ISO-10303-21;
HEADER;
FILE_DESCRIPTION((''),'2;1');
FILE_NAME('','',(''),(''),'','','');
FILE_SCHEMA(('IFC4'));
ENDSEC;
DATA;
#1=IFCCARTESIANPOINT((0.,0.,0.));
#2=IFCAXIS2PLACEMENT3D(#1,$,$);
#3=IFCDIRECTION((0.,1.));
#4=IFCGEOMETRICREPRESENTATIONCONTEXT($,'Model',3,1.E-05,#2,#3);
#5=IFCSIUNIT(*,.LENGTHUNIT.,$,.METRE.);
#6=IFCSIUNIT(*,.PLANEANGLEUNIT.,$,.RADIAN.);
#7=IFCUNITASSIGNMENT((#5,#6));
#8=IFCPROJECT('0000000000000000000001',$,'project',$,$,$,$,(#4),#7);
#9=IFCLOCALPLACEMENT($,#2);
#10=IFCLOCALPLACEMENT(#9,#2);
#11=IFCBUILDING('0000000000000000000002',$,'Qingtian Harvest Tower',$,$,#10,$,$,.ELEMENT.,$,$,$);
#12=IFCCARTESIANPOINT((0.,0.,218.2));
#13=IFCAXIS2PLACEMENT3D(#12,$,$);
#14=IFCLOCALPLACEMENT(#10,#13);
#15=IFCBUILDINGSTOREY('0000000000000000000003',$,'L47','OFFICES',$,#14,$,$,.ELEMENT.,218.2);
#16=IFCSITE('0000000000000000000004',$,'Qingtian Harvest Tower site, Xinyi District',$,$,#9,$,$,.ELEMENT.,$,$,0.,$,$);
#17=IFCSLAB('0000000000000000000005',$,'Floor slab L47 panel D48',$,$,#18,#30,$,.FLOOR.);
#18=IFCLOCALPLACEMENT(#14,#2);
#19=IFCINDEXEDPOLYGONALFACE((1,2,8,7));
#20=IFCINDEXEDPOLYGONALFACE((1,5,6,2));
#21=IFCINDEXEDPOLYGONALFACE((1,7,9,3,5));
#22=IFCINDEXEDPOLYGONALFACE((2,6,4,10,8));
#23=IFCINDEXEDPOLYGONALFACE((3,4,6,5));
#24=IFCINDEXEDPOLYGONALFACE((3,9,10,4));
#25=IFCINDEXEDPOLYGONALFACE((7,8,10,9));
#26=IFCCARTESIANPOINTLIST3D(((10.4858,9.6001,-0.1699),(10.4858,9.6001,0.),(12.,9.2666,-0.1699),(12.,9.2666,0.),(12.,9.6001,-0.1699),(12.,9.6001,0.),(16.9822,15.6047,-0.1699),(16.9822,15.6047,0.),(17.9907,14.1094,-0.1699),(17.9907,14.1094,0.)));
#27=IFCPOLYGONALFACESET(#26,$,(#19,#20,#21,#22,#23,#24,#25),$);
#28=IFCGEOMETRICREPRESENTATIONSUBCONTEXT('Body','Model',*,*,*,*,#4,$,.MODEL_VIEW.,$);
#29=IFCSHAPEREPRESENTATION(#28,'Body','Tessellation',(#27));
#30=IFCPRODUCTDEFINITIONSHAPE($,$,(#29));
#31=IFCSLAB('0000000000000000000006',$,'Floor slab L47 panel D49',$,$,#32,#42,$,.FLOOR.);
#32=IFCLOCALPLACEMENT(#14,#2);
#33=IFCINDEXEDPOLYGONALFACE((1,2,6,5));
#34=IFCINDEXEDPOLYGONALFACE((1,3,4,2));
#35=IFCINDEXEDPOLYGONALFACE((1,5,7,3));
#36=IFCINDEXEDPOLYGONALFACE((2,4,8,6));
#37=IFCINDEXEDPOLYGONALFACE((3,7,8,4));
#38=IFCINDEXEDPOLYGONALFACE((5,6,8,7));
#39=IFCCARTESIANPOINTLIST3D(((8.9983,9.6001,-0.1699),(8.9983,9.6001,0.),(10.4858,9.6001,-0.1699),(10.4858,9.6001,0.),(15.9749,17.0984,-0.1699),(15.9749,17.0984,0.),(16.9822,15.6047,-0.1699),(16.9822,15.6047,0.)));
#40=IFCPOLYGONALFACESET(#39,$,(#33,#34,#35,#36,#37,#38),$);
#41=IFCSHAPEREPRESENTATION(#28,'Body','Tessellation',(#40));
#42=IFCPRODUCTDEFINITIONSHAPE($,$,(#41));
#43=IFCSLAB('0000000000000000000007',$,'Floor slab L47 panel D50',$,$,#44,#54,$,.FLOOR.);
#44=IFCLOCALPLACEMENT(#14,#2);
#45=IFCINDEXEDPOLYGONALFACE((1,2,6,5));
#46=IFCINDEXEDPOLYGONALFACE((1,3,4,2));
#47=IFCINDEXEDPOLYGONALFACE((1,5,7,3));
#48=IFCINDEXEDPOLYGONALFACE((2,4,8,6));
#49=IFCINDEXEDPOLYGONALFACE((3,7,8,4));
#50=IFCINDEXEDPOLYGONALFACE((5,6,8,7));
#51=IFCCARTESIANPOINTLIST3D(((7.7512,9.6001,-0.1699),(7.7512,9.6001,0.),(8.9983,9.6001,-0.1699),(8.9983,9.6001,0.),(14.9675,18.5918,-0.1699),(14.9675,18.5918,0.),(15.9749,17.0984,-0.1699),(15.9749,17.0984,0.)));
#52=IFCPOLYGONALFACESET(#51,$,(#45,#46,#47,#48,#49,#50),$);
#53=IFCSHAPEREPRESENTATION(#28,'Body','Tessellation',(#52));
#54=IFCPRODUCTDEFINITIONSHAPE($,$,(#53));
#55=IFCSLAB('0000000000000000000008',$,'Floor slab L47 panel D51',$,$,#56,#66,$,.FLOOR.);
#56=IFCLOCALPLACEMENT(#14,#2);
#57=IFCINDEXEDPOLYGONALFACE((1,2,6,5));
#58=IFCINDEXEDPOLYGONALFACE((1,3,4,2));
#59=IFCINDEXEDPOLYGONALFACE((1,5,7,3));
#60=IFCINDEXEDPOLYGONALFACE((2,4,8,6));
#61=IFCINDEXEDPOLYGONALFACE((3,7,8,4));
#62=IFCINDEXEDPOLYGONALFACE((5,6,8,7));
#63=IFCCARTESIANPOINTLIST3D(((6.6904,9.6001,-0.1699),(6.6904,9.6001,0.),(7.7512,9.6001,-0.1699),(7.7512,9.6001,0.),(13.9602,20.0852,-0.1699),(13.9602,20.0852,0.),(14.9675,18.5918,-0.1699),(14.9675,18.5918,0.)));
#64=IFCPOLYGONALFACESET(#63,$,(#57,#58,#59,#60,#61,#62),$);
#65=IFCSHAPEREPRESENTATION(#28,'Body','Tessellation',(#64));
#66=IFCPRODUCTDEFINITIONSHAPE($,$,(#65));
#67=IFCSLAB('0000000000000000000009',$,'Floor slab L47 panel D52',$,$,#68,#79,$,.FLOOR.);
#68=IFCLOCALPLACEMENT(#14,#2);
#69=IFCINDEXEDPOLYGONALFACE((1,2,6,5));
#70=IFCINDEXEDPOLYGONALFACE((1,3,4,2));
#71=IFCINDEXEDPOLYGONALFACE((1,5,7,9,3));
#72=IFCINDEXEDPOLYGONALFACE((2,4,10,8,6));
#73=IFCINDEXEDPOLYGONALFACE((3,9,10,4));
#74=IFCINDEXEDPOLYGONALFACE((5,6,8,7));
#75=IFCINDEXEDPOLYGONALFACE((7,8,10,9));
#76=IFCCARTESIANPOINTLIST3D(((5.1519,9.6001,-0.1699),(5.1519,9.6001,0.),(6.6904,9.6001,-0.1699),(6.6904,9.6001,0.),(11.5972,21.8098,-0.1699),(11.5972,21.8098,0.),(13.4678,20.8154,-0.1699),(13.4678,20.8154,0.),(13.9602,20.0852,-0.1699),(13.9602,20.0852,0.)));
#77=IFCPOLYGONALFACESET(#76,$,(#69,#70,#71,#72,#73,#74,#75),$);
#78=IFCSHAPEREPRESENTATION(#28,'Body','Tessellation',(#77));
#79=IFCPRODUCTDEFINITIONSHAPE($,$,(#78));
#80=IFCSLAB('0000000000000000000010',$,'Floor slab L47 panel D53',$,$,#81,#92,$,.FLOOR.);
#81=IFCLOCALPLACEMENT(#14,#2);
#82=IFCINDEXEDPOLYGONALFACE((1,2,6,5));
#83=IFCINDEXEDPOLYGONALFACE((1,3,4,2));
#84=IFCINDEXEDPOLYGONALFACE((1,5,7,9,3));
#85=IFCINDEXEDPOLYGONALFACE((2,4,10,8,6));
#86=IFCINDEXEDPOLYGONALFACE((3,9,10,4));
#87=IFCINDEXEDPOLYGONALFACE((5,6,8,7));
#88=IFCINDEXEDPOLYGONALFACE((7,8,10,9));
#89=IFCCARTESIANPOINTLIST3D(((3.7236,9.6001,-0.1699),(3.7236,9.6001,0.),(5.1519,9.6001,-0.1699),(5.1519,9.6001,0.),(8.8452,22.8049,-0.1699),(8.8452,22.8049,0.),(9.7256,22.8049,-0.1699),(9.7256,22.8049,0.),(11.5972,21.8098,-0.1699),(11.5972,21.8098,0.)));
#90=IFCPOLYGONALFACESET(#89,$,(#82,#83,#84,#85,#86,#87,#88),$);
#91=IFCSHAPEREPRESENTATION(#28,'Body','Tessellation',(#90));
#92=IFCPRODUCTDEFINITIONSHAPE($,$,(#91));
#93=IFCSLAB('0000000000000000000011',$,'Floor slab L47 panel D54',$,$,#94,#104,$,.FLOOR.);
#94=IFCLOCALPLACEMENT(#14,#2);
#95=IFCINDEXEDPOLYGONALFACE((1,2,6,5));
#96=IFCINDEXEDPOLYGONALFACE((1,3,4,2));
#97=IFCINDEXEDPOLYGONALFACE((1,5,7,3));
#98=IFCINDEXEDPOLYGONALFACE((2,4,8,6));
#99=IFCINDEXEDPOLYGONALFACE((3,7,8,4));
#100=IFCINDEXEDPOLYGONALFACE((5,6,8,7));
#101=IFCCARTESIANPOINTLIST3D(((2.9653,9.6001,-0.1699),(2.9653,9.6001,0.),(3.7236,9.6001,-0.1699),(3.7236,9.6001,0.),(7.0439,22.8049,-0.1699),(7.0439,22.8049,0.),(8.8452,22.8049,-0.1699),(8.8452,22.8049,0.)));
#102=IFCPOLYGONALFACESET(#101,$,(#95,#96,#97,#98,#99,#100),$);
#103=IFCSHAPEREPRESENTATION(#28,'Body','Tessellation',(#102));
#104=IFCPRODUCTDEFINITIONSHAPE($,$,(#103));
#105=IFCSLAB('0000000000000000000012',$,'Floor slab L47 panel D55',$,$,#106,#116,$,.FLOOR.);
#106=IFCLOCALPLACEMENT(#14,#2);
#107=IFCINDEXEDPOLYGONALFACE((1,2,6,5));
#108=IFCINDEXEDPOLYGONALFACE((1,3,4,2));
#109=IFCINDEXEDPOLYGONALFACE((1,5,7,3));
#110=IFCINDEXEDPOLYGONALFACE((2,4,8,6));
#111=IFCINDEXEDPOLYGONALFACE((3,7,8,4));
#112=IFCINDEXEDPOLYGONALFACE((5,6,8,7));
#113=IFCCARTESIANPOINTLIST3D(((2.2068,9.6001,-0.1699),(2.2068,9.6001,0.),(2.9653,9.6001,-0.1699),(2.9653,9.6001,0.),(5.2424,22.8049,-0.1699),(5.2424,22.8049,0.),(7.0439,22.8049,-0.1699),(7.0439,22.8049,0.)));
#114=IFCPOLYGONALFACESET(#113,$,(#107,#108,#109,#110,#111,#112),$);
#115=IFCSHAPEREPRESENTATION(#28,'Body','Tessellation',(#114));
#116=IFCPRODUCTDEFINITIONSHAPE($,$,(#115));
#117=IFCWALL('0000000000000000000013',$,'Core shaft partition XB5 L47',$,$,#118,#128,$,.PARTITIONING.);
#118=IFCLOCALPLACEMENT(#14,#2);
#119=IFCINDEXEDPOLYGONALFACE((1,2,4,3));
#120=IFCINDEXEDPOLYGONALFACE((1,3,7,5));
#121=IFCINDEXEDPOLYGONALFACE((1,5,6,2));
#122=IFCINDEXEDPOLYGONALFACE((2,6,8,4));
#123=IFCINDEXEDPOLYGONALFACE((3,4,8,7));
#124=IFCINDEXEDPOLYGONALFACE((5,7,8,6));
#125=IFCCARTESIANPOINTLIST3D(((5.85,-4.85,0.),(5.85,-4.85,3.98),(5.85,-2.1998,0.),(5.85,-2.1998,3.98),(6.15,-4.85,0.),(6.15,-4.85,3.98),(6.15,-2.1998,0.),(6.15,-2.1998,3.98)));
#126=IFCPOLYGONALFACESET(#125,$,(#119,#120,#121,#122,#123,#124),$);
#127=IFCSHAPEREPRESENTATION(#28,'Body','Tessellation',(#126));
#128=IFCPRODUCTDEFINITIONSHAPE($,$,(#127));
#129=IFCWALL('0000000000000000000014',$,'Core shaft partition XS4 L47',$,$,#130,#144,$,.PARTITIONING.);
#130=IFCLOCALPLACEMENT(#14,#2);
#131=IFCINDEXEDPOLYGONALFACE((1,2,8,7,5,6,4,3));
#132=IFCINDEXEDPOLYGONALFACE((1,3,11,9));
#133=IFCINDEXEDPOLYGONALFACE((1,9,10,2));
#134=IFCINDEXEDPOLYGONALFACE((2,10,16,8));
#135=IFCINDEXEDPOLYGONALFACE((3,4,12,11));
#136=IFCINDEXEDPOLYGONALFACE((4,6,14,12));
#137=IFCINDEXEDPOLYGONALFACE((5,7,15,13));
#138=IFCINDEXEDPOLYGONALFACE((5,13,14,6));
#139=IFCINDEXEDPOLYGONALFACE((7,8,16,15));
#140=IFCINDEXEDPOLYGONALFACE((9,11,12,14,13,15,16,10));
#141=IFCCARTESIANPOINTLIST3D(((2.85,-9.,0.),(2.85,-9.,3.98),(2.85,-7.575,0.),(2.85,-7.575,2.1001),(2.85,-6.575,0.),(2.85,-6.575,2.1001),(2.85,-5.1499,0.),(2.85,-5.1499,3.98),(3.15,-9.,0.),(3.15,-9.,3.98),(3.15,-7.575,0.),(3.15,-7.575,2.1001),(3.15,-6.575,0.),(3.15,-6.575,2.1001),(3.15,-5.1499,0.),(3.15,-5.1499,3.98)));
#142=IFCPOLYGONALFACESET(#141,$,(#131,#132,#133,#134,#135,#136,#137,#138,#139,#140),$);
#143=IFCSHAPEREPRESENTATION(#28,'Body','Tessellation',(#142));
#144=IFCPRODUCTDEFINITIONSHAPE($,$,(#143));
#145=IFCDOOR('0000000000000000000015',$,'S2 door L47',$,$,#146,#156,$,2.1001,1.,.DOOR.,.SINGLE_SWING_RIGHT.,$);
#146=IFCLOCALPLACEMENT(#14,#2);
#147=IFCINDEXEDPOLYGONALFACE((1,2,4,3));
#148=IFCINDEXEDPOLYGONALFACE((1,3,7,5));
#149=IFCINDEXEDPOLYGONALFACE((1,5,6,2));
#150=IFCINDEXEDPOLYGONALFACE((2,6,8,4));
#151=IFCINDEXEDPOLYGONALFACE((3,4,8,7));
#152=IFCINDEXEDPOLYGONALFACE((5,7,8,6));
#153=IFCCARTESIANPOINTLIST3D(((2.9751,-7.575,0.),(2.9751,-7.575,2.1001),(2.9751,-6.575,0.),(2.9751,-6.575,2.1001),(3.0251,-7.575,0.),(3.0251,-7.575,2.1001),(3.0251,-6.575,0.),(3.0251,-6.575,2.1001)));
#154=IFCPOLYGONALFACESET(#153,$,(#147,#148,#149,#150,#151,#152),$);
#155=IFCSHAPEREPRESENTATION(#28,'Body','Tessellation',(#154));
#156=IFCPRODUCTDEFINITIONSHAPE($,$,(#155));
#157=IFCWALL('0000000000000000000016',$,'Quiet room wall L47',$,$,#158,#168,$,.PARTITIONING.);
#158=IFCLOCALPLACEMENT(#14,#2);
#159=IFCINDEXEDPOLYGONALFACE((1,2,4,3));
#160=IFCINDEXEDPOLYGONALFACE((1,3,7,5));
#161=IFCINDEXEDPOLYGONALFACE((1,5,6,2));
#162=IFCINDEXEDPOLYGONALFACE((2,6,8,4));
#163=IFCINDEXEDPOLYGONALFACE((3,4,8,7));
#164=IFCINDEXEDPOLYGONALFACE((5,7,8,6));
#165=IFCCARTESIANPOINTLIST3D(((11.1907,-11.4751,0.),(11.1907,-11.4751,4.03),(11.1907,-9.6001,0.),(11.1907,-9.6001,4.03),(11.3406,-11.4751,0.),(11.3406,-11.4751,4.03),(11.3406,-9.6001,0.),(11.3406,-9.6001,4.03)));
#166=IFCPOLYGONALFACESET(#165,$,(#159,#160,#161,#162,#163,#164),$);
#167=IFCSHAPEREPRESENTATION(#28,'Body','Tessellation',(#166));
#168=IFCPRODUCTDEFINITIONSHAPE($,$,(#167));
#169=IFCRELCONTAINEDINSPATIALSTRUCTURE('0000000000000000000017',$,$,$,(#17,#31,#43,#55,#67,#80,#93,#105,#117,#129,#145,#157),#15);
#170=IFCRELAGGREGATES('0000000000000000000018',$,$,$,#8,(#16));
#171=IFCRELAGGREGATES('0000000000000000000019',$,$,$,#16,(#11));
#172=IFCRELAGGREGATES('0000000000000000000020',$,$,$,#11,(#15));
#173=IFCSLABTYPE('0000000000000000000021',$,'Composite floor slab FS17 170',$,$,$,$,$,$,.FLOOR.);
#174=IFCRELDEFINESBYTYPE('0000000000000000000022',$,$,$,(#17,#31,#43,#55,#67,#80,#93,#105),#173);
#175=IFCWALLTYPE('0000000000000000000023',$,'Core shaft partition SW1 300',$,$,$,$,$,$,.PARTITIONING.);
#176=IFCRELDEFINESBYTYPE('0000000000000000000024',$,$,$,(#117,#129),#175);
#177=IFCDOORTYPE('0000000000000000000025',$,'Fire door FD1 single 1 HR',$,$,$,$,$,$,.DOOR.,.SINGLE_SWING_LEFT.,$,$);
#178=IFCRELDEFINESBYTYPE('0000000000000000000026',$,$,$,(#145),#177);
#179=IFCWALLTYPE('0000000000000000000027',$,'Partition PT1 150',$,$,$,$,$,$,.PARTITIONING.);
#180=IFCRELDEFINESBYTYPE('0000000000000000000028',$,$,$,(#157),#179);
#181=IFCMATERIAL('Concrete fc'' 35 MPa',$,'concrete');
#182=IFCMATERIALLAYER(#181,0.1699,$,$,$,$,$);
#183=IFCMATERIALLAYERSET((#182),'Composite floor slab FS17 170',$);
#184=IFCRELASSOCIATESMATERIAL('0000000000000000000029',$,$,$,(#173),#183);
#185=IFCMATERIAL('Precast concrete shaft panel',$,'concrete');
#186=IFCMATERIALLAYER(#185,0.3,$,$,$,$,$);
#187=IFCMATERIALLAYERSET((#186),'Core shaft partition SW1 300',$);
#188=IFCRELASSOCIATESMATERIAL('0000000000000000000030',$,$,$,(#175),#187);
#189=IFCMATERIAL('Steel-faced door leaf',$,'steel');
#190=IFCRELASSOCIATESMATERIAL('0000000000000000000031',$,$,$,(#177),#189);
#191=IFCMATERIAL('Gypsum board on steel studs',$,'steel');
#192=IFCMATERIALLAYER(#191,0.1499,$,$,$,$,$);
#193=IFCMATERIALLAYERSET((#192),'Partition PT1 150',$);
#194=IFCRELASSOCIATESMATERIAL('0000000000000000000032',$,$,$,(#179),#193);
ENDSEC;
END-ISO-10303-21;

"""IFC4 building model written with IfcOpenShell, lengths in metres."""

from ifc_helpers import new_model, si_unit, direction, frame, frame_2d, origin, place, context, subcontext, project, spatial, polyline, rectangle, outline, extrude, material, layer, layer_set, type_object, element, fill, save


model = new_model("IFC4")

# Units and contexts
model_context = context("Model", 3, precision=1e-05, world=origin(), true_north=direction((0.0, 1.0)))
body_context = subcontext(model_context, "Body", "Model", "MODEL_VIEW")
ifc_project = project(units=[si_unit("LENGTHUNIT", "METRE"), si_unit("PLANEANGLEUNIT", "RADIAN")], contexts=[model_context])

# Site, building, storey
site_placement = place(None, origin())
site = spatial("IfcSite", under=ifc_project, at=site_placement, Name="Qingtian Harvest Tower site, Xinyi District", CompositionType="ELEMENT", RefElevation=0.0)
building_placement = place(site_placement, origin())
building = spatial("IfcBuilding", under=site, at=building_placement, Name="Qingtian Harvest Tower", CompositionType="ELEMENT")
storey_placement = place(building_placement, frame((0.0, 0.0, 218.2)))
storey = spatial("IfcBuildingStorey", under=building, at=storey_placement, Name="L47", Description="OFFICES", CompositionType="ELEMENT", Elevation=218.2)

# Slabs
ifc_material_1 = material(Name="Concrete fc' 35 MPa", Category="concrete")
ifc_layer_1 = layer(ifc_material_1, 0.1699)
ifc_layer_set_1 = layer_set([ifc_layer_1], Name="Composite floor slab FS17 170")
slab_type = type_object("IfcSlabType", Name="Composite floor slab FS17 170", PredefinedType="FLOOR", material=ifc_layer_set_1)
slab_1_placement = place(storey_placement, frame((0.0, 0.0, -0.1699)))
element("IfcSlab", 1, at=slab_1_placement, inside=storey, type_object=slab_type, Name="Floor slab L47 panel D48", PredefinedType="FLOOR", context=body_context, shape_type="SweptSolid", body=[
    extrude(outline(polyline([(12.0, 9.6001), (10.4858, 9.6001), (16.9822, 15.6047), (17.9907, 14.1094), (12.0, 9.2666), (12.0, 9.6001)])), origin(), (0.0, 0.0, 1.0), 0.1699),
])
slab_2_placement = place(storey_placement, frame((0.0, 0.0, -0.1699)))
element("IfcSlab", 2, at=slab_2_placement, inside=storey, type_object=slab_type, Name="Floor slab L47 panel D49", PredefinedType="FLOOR", context=body_context, shape_type="SweptSolid", body=[
    extrude(outline(polyline([(8.9983, 9.6001), (15.9749, 17.0984), (16.9822, 15.6047), (10.4858, 9.6001), (8.9983, 9.6001)])), origin(), (0.0, 0.0, 1.0), 0.1699),
])
slab_3_placement = place(storey_placement, frame((0.0, 0.0, -0.1699)))
element("IfcSlab", 3, at=slab_3_placement, inside=storey, type_object=slab_type, Name="Floor slab L47 panel D50", PredefinedType="FLOOR", context=body_context, shape_type="SweptSolid", body=[
    extrude(outline(polyline([(7.7512, 9.6001), (14.9675, 18.5918), (15.9749, 17.0984), (8.9983, 9.6001), (7.7512, 9.6001)])), origin(), (0.0, 0.0, 1.0), 0.1699),
])
slab_4_placement = place(storey_placement, frame((0.0, 0.0, -0.1699)))
element("IfcSlab", 4, at=slab_4_placement, inside=storey, type_object=slab_type, Name="Floor slab L47 panel D51", PredefinedType="FLOOR", context=body_context, shape_type="SweptSolid", body=[
    extrude(outline(polyline([(6.6904, 9.6001), (13.9602, 20.0852), (14.9675, 18.5918), (7.7512, 9.6001), (6.6904, 9.6001)])), origin(), (0.0, 0.0, 1.0), 0.1699),
])
slab_5_placement = place(storey_placement, frame((0.0, 0.0, -0.1699)))
element("IfcSlab", 5, at=slab_5_placement, inside=storey, type_object=slab_type, Name="Floor slab L47 panel D52", PredefinedType="FLOOR", context=body_context, shape_type="SweptSolid", body=[
    extrude(outline(polyline([(6.6904, 9.6001), (5.1519, 9.6001), (11.5972, 21.8098), (13.4678, 20.8154), (13.9602, 20.0852), (6.6904, 9.6001)])), origin(), (0.0, 0.0, 1.0), 0.1699),
])
slab_6_placement = place(storey_placement, frame((0.0, 0.0, -0.1699)))
element("IfcSlab", 6, at=slab_6_placement, inside=storey, type_object=slab_type, Name="Floor slab L47 panel D53", PredefinedType="FLOOR", context=body_context, shape_type="SweptSolid", body=[
    extrude(outline(polyline([(3.7236, 9.6001), (8.8452, 22.8049), (9.7256, 22.8049), (11.5972, 21.8098), (5.1519, 9.6001), (3.7236, 9.6001)])), origin(), (0.0, 0.0, 1.0), 0.1699),
])
slab_7_placement = place(storey_placement, frame((0.0, 0.0, -0.1699)))
element("IfcSlab", 7, at=slab_7_placement, inside=storey, type_object=slab_type, Name="Floor slab L47 panel D54", PredefinedType="FLOOR", context=body_context, shape_type="SweptSolid", body=[
    extrude(outline(polyline([(2.9653, 9.6001), (7.0439, 22.8049), (8.8452, 22.8049), (3.7236, 9.6001), (2.9653, 9.6001)])), origin(), (0.0, 0.0, 1.0), 0.1699),
])
slab_8_placement = place(storey_placement, frame((0.0, 0.0, -0.1699)))
element("IfcSlab", 8, at=slab_8_placement, inside=storey, type_object=slab_type, Name="Floor slab L47 panel D55", PredefinedType="FLOOR", context=body_context, shape_type="SweptSolid", body=[
    extrude(outline(polyline([(2.2068, 9.6001), (5.2424, 22.8049), (7.0439, 22.8049), (2.9653, 9.6001), (2.2068, 9.6001)])), origin(), (0.0, 0.0, 1.0), 0.1699),
])

# Wall
ifc_material_2 = material(Name="Precast concrete shaft panel", Category="concrete")
ifc_layer_2 = layer(ifc_material_2, 0.3)
ifc_layer_set_2 = layer_set([ifc_layer_2], Name="Core shaft partition SW1 300")
wall_type_1 = type_object("IfcWallType", Name="Core shaft partition SW1 300", PredefinedType="PARTITIONING", material=ifc_layer_set_2)
wall_1_placement = place(storey_placement, frame((6.0, -4.8501, 0.0), z_axis=(0.0, 0.0, 1.0), x_axis=(0.0, 1.0, 0.0)))
element("IfcWall", 9, at=wall_1_placement, inside=storey, type_object=wall_type_1, Name="Core shaft partition XB5 L47", PredefinedType="PARTITIONING", context=body_context, shape_type="SweptSolid", body=[
    extrude(rectangle(XDim=2.6501, YDim=0.3, at=frame_2d((1.3252, 0.0))), origin(), (0.0, 0.0, 1.0), 3.98),
])

# Wall, opening, door
wall_2_placement = place(storey_placement, frame((3.0, -9.0, 0.0), z_axis=(0.0, 0.0, 1.0), x_axis=(0.0, 1.0, 0.0)))
wall_2 = element("IfcWall", 10, at=wall_2_placement, inside=storey, type_object=wall_type_1, Name="Core shaft partition XS4 L47", PredefinedType="PARTITIONING", context=body_context, shape_type="SweptSolid", body=[
    extrude(rectangle(XDim=3.8501, YDim=0.3, at=frame_2d((1.925, 0.0))), origin(), (0.0, 0.0, 1.0), 3.98),
])
opening_placement = place(wall_2_placement, frame((1.425, 0.0, 0.0)))
opening = element("IfcOpeningElement", 11, at=opening_placement, cuts=wall_2, PredefinedType="OPENING", context=body_context, shape_type="SweptSolid", body=[
    extrude(rectangle(XDim=1.0, YDim=2.1001, at=frame_2d((0.5, 1.05))), frame((0.0, 0.1599, 0.0), z_axis=(0.0, -1.0, 0.0), x_axis=(1.0, 0.0, 0.0)), (0.0, 0.0, 1.0), 0.3201),
])
ifc_material_3 = material(Name="Steel-faced door leaf", Category="steel")
door_type = type_object("IfcDoorType", Name="Fire door FD1 single 1 HR", OperationType="SINGLE_SWING_LEFT", PredefinedType="DOOR", material=ifc_material_3)
door_placement = place(opening_placement, origin())
door = element("IfcDoor", 12, at=door_placement, inside=storey, type_object=door_type, Name="S2 door L47", OperationType="SINGLE_SWING_RIGHT", OverallHeight=2.1001, OverallWidth=1.0, PredefinedType="DOOR", context=body_context, shape_type="SweptSolid", body=[
    extrude(rectangle(XDim=1.0, YDim=2.1001, at=frame_2d((0.5, 1.05))), frame((0.0, 0.0249, 0.0), z_axis=(0.0, -1.0, 0.0), x_axis=(1.0, 0.0, 0.0)), (0.0, 0.0, 1.0), 0.05),
])
fill(opening, door)

# Wall
ifc_material_4 = material(Name="Gypsum board on steel studs", Category="steel")
ifc_layer_3 = layer(ifc_material_4, 0.1499)
ifc_layer_set_3 = layer_set([ifc_layer_3], Name="Partition PT1 150")
wall_type_2 = type_object("IfcWallType", Name="Partition PT1 150", PredefinedType="PARTITIONING", material=ifc_layer_set_3)
wall_3_placement = place(storey_placement, frame((11.2656, -9.6001, 0.0), z_axis=(0.0, 0.0, 1.0), x_axis=(0.0, -1.0, 0.0)))
element("IfcWall", 13, at=wall_3_placement, inside=storey, type_object=wall_type_2, Name="Quiet room wall L47", PredefinedType="PARTITIONING", context=body_context, shape_type="SweptSolid", body=[
    extrude(rectangle(XDim=1.875, YDim=0.1499, at=frame_2d((0.9375, 0.0))), origin(), (0.0, 0.0, 1.0), 4.03),
])

save(model, "model.ifc")
